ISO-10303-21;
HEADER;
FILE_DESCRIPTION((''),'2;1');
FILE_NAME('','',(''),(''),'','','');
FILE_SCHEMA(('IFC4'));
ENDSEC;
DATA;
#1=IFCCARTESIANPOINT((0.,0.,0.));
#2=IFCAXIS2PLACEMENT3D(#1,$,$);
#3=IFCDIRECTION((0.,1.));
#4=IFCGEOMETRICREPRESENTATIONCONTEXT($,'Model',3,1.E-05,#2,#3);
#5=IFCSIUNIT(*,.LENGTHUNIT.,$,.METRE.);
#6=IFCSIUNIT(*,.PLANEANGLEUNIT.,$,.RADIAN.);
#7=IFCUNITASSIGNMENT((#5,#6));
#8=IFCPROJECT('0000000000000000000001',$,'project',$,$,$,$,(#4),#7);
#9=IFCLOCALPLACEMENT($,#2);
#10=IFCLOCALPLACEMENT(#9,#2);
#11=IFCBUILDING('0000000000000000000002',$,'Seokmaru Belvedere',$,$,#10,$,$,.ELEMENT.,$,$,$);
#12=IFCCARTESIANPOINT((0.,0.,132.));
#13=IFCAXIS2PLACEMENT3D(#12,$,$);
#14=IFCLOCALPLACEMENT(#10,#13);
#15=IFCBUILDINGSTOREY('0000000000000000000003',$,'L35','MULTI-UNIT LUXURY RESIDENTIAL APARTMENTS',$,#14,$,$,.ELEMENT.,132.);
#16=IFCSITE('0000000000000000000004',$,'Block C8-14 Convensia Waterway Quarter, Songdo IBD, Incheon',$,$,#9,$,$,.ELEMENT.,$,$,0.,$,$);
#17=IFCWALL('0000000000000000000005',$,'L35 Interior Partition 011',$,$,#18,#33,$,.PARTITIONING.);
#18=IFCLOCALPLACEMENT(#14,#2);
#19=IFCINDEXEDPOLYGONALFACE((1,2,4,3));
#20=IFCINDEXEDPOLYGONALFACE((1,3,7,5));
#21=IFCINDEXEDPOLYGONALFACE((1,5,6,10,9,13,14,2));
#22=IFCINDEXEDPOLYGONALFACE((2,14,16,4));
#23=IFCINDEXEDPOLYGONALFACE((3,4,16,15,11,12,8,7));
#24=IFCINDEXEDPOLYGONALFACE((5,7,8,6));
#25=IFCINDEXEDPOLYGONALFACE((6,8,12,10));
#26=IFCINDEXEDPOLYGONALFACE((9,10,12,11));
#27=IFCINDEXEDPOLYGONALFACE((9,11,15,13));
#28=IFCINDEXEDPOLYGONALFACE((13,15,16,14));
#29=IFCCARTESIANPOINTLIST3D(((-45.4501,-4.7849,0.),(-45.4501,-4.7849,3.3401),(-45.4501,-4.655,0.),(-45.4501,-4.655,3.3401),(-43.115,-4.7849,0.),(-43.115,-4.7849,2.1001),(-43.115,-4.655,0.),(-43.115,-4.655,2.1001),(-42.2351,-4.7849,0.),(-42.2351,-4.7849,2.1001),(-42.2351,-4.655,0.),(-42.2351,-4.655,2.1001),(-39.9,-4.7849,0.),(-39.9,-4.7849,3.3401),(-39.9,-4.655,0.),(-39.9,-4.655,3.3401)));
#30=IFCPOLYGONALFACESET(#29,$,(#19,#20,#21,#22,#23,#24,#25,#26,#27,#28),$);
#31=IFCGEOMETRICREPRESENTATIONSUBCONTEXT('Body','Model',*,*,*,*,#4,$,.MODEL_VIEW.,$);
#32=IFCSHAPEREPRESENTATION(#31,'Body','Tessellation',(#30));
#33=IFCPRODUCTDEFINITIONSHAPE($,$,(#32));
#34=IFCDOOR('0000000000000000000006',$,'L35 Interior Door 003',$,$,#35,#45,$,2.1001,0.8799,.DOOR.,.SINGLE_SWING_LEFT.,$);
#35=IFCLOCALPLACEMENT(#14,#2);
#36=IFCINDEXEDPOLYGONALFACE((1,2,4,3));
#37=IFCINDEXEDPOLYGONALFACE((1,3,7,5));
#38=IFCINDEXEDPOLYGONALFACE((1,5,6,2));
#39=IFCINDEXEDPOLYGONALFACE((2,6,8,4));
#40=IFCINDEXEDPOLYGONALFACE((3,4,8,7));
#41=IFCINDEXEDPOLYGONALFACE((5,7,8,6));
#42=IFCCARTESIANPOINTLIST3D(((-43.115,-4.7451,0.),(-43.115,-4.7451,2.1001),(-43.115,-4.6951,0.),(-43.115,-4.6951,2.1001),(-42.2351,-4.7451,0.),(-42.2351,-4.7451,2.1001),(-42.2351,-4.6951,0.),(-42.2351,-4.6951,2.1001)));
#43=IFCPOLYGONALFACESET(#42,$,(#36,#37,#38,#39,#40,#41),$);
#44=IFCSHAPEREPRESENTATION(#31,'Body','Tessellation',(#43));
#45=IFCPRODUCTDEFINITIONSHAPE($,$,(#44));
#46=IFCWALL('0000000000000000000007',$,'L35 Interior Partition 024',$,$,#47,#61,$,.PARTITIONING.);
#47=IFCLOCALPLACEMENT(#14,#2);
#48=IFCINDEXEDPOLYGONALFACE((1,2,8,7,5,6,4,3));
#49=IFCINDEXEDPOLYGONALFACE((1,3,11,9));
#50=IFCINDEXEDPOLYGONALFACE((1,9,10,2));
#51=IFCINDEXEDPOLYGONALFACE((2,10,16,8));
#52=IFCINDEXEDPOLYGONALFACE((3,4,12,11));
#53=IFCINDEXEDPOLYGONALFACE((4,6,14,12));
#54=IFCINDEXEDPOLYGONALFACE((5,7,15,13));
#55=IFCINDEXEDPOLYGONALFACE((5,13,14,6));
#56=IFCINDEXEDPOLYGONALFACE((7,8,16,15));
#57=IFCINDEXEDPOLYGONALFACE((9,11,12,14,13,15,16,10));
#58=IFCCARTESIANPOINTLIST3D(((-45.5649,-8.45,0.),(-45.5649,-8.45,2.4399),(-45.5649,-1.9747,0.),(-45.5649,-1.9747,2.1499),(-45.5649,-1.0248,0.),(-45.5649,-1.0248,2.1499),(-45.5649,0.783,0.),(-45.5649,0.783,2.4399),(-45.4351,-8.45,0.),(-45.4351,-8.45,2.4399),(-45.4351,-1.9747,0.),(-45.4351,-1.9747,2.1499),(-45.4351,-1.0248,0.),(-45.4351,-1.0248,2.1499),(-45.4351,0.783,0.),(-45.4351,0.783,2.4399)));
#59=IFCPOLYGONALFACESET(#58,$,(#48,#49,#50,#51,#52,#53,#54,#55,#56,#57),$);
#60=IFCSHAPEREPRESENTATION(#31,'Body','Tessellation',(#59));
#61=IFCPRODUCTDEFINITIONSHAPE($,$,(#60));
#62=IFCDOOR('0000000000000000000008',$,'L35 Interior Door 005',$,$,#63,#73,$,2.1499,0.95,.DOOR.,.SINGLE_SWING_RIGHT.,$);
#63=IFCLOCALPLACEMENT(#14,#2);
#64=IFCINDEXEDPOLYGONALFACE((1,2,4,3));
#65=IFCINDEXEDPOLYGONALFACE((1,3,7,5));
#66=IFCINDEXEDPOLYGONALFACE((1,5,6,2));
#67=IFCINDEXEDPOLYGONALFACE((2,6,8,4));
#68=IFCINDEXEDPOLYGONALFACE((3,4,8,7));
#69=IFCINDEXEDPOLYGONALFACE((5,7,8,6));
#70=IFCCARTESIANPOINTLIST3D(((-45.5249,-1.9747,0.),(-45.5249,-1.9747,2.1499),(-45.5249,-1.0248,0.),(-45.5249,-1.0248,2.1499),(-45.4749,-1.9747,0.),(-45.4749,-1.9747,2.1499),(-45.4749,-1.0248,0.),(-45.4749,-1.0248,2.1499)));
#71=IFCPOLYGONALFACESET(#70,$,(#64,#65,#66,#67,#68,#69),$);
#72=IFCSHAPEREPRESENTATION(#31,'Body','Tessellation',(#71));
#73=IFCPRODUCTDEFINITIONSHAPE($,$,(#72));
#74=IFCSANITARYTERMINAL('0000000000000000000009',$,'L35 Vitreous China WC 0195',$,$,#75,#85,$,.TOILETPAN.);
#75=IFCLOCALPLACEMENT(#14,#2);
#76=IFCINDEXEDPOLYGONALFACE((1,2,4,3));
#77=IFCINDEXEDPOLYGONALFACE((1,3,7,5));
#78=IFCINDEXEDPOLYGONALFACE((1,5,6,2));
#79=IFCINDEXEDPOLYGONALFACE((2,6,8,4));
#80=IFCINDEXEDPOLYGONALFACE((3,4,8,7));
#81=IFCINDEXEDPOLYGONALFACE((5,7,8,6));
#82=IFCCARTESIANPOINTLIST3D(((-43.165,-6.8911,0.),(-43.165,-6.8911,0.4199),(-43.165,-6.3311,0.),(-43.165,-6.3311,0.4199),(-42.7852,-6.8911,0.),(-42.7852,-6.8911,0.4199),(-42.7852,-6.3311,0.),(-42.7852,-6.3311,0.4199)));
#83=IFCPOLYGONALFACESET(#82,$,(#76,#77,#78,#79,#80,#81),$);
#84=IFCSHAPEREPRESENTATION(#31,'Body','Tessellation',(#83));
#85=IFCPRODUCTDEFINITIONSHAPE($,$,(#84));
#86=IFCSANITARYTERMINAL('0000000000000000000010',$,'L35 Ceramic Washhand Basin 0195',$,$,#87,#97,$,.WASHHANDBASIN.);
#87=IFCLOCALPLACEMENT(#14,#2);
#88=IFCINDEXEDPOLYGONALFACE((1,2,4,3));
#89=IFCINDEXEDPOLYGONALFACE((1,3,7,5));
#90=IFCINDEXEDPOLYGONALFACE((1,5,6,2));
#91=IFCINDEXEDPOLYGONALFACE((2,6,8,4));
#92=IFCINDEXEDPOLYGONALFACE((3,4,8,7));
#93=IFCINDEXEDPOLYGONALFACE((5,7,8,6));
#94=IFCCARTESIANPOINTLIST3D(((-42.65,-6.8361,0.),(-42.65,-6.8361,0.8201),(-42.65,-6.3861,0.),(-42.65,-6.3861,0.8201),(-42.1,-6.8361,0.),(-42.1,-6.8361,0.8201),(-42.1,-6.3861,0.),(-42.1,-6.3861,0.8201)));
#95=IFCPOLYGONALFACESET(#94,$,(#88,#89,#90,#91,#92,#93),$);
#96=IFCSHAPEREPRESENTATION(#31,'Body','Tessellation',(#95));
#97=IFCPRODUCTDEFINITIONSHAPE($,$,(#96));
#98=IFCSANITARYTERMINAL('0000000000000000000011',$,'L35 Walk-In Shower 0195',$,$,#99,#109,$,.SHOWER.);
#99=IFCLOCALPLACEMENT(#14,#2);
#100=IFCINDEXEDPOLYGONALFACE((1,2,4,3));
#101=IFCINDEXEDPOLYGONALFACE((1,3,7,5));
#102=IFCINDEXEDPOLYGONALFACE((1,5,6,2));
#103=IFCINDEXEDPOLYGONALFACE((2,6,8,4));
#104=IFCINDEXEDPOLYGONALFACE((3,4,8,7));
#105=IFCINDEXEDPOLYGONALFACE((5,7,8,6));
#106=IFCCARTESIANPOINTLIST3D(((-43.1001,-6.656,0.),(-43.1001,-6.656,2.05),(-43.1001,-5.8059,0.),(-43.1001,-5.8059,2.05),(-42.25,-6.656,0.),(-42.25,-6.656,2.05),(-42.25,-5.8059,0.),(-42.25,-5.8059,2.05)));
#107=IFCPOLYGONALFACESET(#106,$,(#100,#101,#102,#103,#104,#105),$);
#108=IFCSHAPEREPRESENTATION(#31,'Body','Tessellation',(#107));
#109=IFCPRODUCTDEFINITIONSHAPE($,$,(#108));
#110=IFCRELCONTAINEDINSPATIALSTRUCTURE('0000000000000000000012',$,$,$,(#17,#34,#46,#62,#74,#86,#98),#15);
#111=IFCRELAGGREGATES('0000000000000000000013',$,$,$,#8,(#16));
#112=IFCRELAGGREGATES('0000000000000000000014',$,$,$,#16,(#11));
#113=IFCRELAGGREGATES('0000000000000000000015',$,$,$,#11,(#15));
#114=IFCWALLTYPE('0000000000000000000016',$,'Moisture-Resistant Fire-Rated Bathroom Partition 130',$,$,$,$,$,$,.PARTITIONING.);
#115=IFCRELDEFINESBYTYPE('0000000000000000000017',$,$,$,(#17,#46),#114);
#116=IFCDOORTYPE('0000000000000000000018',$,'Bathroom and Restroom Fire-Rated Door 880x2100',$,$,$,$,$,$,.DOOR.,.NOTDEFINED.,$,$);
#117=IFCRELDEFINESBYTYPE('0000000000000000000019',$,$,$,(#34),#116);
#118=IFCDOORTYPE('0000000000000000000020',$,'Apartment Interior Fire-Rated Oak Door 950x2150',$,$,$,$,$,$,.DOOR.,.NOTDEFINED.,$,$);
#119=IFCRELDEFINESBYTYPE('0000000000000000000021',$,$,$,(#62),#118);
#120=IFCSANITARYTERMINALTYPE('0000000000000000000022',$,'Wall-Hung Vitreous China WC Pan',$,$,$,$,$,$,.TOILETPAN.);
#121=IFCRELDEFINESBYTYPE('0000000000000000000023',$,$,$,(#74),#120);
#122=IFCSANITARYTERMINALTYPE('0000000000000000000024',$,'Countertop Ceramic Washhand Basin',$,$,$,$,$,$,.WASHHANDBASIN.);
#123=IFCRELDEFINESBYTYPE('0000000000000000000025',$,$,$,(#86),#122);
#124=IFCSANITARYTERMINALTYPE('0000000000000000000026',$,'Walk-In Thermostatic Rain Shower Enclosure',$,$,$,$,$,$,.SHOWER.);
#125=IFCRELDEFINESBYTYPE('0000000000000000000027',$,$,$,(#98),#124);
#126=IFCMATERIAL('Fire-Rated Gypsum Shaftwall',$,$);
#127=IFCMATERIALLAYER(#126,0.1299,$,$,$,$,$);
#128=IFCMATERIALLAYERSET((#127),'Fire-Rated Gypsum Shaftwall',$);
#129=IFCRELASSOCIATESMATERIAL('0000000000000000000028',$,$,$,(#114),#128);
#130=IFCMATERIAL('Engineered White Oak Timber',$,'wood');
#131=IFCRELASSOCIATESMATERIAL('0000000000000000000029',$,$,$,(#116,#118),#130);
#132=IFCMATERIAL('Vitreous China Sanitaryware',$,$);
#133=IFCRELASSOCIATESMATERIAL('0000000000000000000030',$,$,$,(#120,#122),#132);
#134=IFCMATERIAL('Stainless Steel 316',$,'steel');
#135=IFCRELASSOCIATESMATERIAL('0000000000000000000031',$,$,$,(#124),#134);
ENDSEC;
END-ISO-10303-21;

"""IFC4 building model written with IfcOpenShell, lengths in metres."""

from ifc_helpers import new_model, si_unit, direction, frame, frame_2d, origin, origin_2d, place, context, subcontext, project, spatial, rectangle, extrude, source, transform, mapped, material, layer, layer_set, type_object, type_shapes, element, fill, save


model = new_model("IFC4")

# Units and contexts
model_context = context("Model", 3, precision=1e-05, world=origin(), true_north=direction((0.0, 1.0)))
body_context = subcontext(model_context, "Body", "Model", "MODEL_VIEW")
ifc_project = project(units=[si_unit("LENGTHUNIT", "METRE"), si_unit("PLANEANGLEUNIT", "RADIAN")], contexts=[model_context])

# Site, building, storey
site_placement = place(None, origin())
site = spatial("IfcSite", under=ifc_project, at=site_placement, Name="Block C8-14 Convensia Waterway Quarter, Songdo IBD, Incheon", CompositionType="ELEMENT", RefElevation=0.0)
building_placement = place(site_placement, origin())
building = spatial("IfcBuilding", under=site, at=building_placement, Name="Seokmaru Belvedere", CompositionType="ELEMENT")
storey_placement = place(building_placement, frame((0.0, 0.0, 132.0)))
storey = spatial("IfcBuildingStorey", under=building, at=storey_placement, Name="L35", Description="MULTI-UNIT LUXURY RESIDENTIAL APARTMENTS", CompositionType="ELEMENT", Elevation=132.0)

# Shared definitions
ifc_material_1 = material(Name="Fire-Rated Gypsum Shaftwall")

# Walls, openings, doors
ifc_layer_1 = layer(ifc_material_1, 0.1299)
ifc_layer_set_1 = layer_set([ifc_layer_1], Name="Fire-Rated Gypsum Shaftwall")
wall_type_1 = type_object("IfcWallType", Name="Moisture-Resistant Fire-Rated Bathroom Partition 130", PredefinedType="PARTITIONING", material=ifc_layer_set_1)
wall_1_placement = place(storey_placement, frame((-45.45, -4.72, 0.0), z_axis=(0.0, 0.0, 1.0), x_axis=(1.0, 0.0, 0.0)))
wall_1 = element("IfcWall", 1, at=wall_1_placement, inside=storey, type_object=wall_type_1, Name="L35 Interior Partition 011", PredefinedType="PARTITIONING", context=body_context, shape_type="SweptSolid", body=[
    extrude(rectangle(XDim=5.55, YDim=0.1299, at=frame_2d((2.7749, 0.0))), origin(), (0.0, 0.0, 1.0), 3.3401),
])
opening_1_placement = place(wall_1_placement, frame((2.335, 0.0, 0.0)))
opening_1 = element("IfcOpeningElement", 2, at=opening_1_placement, cuts=wall_1, PredefinedType="OPENING", context=body_context, shape_type="SweptSolid", body=[
    extrude(rectangle(XDim=0.8799, YDim=2.1001, at=frame_2d((0.4399, 1.05))), frame((0.0, 0.075, 0.0), z_axis=(0.0, -1.0, 0.0), x_axis=(1.0, 0.0, 0.0)), (0.0, 0.0, 1.0), 0.1499),
])
ifc_material_2 = material(Name="Engineered White Oak Timber", Category="wood")
door_type_1 = type_object("IfcDoorType", Name="Bathroom and Restroom Fire-Rated Door 880x2100", OperationType="NOTDEFINED", PredefinedType="DOOR", material=ifc_material_2)
shared_shape_1 = source(origin(), body_context, "Body", "SweptSolid", [
    extrude(rectangle(XDim=0.8799, YDim=2.1001, at=frame_2d((0.4399, 1.05))), frame((0.0, 0.0249, 0.0), z_axis=(0.0, -1.0, 0.0), x_axis=(1.0, 0.0, 0.0)), (0.0, 0.0, 1.0), 0.05),
])
type_shapes(door_type_1, [shared_shape_1])
door_1_placement = place(opening_1_placement, origin())
door_1 = element("IfcDoor", 3, at=door_1_placement, inside=storey, type_object=door_type_1, Name="L35 Interior Door 003", OperationType="SINGLE_SWING_LEFT", OverallHeight=2.1001, OverallWidth=0.8799, PredefinedType="DOOR", context=body_context, shape_type="MappedRepresentation", body=[
    mapped(shared_shape_1, transform((0.0, 0.0, 0.0), scale=1.0)),
])
fill(opening_1, door_1)
wall_2_placement = place(storey_placement, frame((-45.5, -8.45, 0.0), z_axis=(0.0, 0.0, 1.0), x_axis=(0.0, 1.0, 0.0)))
wall_2 = element("IfcWall", 4, at=wall_2_placement, inside=storey, type_object=wall_type_1, Name="L35 Interior Partition 024", PredefinedType="PARTITIONING", context=body_context, shape_type="SweptSolid", body=[
    extrude(rectangle(XDim=9.2329, YDim=0.1299, at=frame_2d((4.6165, 0.0))), origin(), (0.0, 0.0, 1.0), 2.4399),
])
opening_2_placement = place(wall_2_placement, frame((6.4751, 0.0, 0.0)))
opening_2 = element("IfcOpeningElement", 5, at=opening_2_placement, cuts=wall_2, PredefinedType="OPENING", context=body_context, shape_type="SweptSolid", body=[
    extrude(rectangle(XDim=0.95, YDim=2.1499, at=frame_2d((0.4751, 1.075))), frame((0.0, 0.075, 0.0), z_axis=(0.0, -1.0, 0.0), x_axis=(1.0, 0.0, 0.0)), (0.0, 0.0, 1.0), 0.1499),
])
door_type_2 = type_object("IfcDoorType", Name="Apartment Interior Fire-Rated Oak Door 950x2150", OperationType="NOTDEFINED", PredefinedType="DOOR", material=ifc_material_2)
shared_shape_2 = source(origin(), body_context, "Body", "SweptSolid", [
    extrude(rectangle(XDim=0.95, YDim=2.1499, at=frame_2d((0.4751, 1.075))), frame((0.0, 0.0249, 0.0), z_axis=(0.0, -1.0, 0.0), x_axis=(1.0, 0.0, 0.0)), (0.0, 0.0, 1.0), 0.05),
])
type_shapes(door_type_2, [shared_shape_2])
door_2_placement = place(opening_2_placement, origin())
door_2 = element("IfcDoor", 6, at=door_2_placement, inside=storey, type_object=door_type_2, Name="L35 Interior Door 005", OperationType="SINGLE_SWING_RIGHT", OverallHeight=2.1499, OverallWidth=0.95, PredefinedType="DOOR", context=body_context, shape_type="MappedRepresentation", body=[
    mapped(shared_shape_2, transform((0.0, 0.0, 0.0), scale=1.0)),
])
fill(opening_2, door_2)

# Sanitary terminals
ifc_material_3 = material(Name="Vitreous China Sanitaryware")
sanitary_terminal_type_1 = type_object("IfcSanitaryTerminalType", Name="Wall-Hung Vitreous China WC Pan", PredefinedType="TOILETPAN", material=ifc_material_3)
shared_shape_3 = source(origin(), body_context, "Body", "SweptSolid", [
    extrude(rectangle(XDim=0.3799, YDim=0.5601, at=origin_2d()), origin(), (0.0, 0.0, 1.0), 0.4199),
])
type_shapes(sanitary_terminal_type_1, [shared_shape_3])
sanitary_terminal_1_placement = place(storey_placement, frame((-42.9751, -6.6111, 0.0), z_axis=(0.0, 0.0, 1.0), x_axis=(1.0, 0.0, 0.0)))
element("IfcSanitaryTerminal", 7, at=sanitary_terminal_1_placement, inside=storey, type_object=sanitary_terminal_type_1, Name="L35 Vitreous China WC 0195", PredefinedType="TOILETPAN", context=body_context, shape_type="MappedRepresentation", body=[
    mapped(shared_shape_3, transform((0.0, 0.0, 0.0), scale=1.0)),
])
sanitary_terminal_type_2 = type_object("IfcSanitaryTerminalType", Name="Countertop Ceramic Washhand Basin", PredefinedType="WASHHANDBASIN", material=ifc_material_3)
shared_shape_4 = source(origin(), body_context, "Body", "SweptSolid", [
    extrude(rectangle(XDim=0.55, YDim=0.45, at=origin_2d()), origin(), (0.0, 0.0, 1.0), 0.8201),
])
type_shapes(sanitary_terminal_type_2, [shared_shape_4])
sanitary_terminal_2_placement = place(storey_placement, frame((-42.375, -6.6111, 0.0), z_axis=(0.0, 0.0, 1.0), x_axis=(1.0, 0.0, 0.0)))
element("IfcSanitaryTerminal", 8, at=sanitary_terminal_2_placement, inside=storey, type_object=sanitary_terminal_type_2, Name="L35 Ceramic Washhand Basin 0195", PredefinedType="WASHHANDBASIN", context=body_context, shape_type="MappedRepresentation", body=[
    mapped(shared_shape_4, transform((0.0, 0.0, 0.0), scale=1.0)),
])
ifc_material_4 = material(Name="Stainless Steel 316", Category="steel")
sanitary_terminal_type_3 = type_object("IfcSanitaryTerminalType", Name="Walk-In Thermostatic Rain Shower Enclosure", PredefinedType="SHOWER", material=ifc_material_4)
shared_shape_5 = source(origin(), body_context, "Body", "SweptSolid", [
    extrude(rectangle(XDim=0.8501, YDim=0.8501, at=origin_2d()), origin(), (0.0, 0.0, 1.0), 2.05),
])
type_shapes(sanitary_terminal_type_3, [shared_shape_5])
sanitary_terminal_3_placement = place(storey_placement, frame((-42.675, -6.231, 0.0), z_axis=(0.0, 0.0, 1.0), x_axis=(1.0, 0.0, 0.0)))
element("IfcSanitaryTerminal", 9, at=sanitary_terminal_3_placement, inside=storey, type_object=sanitary_terminal_type_3, Name="L35 Walk-In Shower 0195", PredefinedType="SHOWER", context=body_context, shape_type="MappedRepresentation", body=[
    mapped(shared_shape_5, transform((0.0, 0.0, 0.0), scale=1.0)),
])

save(model, "model.ifc")
